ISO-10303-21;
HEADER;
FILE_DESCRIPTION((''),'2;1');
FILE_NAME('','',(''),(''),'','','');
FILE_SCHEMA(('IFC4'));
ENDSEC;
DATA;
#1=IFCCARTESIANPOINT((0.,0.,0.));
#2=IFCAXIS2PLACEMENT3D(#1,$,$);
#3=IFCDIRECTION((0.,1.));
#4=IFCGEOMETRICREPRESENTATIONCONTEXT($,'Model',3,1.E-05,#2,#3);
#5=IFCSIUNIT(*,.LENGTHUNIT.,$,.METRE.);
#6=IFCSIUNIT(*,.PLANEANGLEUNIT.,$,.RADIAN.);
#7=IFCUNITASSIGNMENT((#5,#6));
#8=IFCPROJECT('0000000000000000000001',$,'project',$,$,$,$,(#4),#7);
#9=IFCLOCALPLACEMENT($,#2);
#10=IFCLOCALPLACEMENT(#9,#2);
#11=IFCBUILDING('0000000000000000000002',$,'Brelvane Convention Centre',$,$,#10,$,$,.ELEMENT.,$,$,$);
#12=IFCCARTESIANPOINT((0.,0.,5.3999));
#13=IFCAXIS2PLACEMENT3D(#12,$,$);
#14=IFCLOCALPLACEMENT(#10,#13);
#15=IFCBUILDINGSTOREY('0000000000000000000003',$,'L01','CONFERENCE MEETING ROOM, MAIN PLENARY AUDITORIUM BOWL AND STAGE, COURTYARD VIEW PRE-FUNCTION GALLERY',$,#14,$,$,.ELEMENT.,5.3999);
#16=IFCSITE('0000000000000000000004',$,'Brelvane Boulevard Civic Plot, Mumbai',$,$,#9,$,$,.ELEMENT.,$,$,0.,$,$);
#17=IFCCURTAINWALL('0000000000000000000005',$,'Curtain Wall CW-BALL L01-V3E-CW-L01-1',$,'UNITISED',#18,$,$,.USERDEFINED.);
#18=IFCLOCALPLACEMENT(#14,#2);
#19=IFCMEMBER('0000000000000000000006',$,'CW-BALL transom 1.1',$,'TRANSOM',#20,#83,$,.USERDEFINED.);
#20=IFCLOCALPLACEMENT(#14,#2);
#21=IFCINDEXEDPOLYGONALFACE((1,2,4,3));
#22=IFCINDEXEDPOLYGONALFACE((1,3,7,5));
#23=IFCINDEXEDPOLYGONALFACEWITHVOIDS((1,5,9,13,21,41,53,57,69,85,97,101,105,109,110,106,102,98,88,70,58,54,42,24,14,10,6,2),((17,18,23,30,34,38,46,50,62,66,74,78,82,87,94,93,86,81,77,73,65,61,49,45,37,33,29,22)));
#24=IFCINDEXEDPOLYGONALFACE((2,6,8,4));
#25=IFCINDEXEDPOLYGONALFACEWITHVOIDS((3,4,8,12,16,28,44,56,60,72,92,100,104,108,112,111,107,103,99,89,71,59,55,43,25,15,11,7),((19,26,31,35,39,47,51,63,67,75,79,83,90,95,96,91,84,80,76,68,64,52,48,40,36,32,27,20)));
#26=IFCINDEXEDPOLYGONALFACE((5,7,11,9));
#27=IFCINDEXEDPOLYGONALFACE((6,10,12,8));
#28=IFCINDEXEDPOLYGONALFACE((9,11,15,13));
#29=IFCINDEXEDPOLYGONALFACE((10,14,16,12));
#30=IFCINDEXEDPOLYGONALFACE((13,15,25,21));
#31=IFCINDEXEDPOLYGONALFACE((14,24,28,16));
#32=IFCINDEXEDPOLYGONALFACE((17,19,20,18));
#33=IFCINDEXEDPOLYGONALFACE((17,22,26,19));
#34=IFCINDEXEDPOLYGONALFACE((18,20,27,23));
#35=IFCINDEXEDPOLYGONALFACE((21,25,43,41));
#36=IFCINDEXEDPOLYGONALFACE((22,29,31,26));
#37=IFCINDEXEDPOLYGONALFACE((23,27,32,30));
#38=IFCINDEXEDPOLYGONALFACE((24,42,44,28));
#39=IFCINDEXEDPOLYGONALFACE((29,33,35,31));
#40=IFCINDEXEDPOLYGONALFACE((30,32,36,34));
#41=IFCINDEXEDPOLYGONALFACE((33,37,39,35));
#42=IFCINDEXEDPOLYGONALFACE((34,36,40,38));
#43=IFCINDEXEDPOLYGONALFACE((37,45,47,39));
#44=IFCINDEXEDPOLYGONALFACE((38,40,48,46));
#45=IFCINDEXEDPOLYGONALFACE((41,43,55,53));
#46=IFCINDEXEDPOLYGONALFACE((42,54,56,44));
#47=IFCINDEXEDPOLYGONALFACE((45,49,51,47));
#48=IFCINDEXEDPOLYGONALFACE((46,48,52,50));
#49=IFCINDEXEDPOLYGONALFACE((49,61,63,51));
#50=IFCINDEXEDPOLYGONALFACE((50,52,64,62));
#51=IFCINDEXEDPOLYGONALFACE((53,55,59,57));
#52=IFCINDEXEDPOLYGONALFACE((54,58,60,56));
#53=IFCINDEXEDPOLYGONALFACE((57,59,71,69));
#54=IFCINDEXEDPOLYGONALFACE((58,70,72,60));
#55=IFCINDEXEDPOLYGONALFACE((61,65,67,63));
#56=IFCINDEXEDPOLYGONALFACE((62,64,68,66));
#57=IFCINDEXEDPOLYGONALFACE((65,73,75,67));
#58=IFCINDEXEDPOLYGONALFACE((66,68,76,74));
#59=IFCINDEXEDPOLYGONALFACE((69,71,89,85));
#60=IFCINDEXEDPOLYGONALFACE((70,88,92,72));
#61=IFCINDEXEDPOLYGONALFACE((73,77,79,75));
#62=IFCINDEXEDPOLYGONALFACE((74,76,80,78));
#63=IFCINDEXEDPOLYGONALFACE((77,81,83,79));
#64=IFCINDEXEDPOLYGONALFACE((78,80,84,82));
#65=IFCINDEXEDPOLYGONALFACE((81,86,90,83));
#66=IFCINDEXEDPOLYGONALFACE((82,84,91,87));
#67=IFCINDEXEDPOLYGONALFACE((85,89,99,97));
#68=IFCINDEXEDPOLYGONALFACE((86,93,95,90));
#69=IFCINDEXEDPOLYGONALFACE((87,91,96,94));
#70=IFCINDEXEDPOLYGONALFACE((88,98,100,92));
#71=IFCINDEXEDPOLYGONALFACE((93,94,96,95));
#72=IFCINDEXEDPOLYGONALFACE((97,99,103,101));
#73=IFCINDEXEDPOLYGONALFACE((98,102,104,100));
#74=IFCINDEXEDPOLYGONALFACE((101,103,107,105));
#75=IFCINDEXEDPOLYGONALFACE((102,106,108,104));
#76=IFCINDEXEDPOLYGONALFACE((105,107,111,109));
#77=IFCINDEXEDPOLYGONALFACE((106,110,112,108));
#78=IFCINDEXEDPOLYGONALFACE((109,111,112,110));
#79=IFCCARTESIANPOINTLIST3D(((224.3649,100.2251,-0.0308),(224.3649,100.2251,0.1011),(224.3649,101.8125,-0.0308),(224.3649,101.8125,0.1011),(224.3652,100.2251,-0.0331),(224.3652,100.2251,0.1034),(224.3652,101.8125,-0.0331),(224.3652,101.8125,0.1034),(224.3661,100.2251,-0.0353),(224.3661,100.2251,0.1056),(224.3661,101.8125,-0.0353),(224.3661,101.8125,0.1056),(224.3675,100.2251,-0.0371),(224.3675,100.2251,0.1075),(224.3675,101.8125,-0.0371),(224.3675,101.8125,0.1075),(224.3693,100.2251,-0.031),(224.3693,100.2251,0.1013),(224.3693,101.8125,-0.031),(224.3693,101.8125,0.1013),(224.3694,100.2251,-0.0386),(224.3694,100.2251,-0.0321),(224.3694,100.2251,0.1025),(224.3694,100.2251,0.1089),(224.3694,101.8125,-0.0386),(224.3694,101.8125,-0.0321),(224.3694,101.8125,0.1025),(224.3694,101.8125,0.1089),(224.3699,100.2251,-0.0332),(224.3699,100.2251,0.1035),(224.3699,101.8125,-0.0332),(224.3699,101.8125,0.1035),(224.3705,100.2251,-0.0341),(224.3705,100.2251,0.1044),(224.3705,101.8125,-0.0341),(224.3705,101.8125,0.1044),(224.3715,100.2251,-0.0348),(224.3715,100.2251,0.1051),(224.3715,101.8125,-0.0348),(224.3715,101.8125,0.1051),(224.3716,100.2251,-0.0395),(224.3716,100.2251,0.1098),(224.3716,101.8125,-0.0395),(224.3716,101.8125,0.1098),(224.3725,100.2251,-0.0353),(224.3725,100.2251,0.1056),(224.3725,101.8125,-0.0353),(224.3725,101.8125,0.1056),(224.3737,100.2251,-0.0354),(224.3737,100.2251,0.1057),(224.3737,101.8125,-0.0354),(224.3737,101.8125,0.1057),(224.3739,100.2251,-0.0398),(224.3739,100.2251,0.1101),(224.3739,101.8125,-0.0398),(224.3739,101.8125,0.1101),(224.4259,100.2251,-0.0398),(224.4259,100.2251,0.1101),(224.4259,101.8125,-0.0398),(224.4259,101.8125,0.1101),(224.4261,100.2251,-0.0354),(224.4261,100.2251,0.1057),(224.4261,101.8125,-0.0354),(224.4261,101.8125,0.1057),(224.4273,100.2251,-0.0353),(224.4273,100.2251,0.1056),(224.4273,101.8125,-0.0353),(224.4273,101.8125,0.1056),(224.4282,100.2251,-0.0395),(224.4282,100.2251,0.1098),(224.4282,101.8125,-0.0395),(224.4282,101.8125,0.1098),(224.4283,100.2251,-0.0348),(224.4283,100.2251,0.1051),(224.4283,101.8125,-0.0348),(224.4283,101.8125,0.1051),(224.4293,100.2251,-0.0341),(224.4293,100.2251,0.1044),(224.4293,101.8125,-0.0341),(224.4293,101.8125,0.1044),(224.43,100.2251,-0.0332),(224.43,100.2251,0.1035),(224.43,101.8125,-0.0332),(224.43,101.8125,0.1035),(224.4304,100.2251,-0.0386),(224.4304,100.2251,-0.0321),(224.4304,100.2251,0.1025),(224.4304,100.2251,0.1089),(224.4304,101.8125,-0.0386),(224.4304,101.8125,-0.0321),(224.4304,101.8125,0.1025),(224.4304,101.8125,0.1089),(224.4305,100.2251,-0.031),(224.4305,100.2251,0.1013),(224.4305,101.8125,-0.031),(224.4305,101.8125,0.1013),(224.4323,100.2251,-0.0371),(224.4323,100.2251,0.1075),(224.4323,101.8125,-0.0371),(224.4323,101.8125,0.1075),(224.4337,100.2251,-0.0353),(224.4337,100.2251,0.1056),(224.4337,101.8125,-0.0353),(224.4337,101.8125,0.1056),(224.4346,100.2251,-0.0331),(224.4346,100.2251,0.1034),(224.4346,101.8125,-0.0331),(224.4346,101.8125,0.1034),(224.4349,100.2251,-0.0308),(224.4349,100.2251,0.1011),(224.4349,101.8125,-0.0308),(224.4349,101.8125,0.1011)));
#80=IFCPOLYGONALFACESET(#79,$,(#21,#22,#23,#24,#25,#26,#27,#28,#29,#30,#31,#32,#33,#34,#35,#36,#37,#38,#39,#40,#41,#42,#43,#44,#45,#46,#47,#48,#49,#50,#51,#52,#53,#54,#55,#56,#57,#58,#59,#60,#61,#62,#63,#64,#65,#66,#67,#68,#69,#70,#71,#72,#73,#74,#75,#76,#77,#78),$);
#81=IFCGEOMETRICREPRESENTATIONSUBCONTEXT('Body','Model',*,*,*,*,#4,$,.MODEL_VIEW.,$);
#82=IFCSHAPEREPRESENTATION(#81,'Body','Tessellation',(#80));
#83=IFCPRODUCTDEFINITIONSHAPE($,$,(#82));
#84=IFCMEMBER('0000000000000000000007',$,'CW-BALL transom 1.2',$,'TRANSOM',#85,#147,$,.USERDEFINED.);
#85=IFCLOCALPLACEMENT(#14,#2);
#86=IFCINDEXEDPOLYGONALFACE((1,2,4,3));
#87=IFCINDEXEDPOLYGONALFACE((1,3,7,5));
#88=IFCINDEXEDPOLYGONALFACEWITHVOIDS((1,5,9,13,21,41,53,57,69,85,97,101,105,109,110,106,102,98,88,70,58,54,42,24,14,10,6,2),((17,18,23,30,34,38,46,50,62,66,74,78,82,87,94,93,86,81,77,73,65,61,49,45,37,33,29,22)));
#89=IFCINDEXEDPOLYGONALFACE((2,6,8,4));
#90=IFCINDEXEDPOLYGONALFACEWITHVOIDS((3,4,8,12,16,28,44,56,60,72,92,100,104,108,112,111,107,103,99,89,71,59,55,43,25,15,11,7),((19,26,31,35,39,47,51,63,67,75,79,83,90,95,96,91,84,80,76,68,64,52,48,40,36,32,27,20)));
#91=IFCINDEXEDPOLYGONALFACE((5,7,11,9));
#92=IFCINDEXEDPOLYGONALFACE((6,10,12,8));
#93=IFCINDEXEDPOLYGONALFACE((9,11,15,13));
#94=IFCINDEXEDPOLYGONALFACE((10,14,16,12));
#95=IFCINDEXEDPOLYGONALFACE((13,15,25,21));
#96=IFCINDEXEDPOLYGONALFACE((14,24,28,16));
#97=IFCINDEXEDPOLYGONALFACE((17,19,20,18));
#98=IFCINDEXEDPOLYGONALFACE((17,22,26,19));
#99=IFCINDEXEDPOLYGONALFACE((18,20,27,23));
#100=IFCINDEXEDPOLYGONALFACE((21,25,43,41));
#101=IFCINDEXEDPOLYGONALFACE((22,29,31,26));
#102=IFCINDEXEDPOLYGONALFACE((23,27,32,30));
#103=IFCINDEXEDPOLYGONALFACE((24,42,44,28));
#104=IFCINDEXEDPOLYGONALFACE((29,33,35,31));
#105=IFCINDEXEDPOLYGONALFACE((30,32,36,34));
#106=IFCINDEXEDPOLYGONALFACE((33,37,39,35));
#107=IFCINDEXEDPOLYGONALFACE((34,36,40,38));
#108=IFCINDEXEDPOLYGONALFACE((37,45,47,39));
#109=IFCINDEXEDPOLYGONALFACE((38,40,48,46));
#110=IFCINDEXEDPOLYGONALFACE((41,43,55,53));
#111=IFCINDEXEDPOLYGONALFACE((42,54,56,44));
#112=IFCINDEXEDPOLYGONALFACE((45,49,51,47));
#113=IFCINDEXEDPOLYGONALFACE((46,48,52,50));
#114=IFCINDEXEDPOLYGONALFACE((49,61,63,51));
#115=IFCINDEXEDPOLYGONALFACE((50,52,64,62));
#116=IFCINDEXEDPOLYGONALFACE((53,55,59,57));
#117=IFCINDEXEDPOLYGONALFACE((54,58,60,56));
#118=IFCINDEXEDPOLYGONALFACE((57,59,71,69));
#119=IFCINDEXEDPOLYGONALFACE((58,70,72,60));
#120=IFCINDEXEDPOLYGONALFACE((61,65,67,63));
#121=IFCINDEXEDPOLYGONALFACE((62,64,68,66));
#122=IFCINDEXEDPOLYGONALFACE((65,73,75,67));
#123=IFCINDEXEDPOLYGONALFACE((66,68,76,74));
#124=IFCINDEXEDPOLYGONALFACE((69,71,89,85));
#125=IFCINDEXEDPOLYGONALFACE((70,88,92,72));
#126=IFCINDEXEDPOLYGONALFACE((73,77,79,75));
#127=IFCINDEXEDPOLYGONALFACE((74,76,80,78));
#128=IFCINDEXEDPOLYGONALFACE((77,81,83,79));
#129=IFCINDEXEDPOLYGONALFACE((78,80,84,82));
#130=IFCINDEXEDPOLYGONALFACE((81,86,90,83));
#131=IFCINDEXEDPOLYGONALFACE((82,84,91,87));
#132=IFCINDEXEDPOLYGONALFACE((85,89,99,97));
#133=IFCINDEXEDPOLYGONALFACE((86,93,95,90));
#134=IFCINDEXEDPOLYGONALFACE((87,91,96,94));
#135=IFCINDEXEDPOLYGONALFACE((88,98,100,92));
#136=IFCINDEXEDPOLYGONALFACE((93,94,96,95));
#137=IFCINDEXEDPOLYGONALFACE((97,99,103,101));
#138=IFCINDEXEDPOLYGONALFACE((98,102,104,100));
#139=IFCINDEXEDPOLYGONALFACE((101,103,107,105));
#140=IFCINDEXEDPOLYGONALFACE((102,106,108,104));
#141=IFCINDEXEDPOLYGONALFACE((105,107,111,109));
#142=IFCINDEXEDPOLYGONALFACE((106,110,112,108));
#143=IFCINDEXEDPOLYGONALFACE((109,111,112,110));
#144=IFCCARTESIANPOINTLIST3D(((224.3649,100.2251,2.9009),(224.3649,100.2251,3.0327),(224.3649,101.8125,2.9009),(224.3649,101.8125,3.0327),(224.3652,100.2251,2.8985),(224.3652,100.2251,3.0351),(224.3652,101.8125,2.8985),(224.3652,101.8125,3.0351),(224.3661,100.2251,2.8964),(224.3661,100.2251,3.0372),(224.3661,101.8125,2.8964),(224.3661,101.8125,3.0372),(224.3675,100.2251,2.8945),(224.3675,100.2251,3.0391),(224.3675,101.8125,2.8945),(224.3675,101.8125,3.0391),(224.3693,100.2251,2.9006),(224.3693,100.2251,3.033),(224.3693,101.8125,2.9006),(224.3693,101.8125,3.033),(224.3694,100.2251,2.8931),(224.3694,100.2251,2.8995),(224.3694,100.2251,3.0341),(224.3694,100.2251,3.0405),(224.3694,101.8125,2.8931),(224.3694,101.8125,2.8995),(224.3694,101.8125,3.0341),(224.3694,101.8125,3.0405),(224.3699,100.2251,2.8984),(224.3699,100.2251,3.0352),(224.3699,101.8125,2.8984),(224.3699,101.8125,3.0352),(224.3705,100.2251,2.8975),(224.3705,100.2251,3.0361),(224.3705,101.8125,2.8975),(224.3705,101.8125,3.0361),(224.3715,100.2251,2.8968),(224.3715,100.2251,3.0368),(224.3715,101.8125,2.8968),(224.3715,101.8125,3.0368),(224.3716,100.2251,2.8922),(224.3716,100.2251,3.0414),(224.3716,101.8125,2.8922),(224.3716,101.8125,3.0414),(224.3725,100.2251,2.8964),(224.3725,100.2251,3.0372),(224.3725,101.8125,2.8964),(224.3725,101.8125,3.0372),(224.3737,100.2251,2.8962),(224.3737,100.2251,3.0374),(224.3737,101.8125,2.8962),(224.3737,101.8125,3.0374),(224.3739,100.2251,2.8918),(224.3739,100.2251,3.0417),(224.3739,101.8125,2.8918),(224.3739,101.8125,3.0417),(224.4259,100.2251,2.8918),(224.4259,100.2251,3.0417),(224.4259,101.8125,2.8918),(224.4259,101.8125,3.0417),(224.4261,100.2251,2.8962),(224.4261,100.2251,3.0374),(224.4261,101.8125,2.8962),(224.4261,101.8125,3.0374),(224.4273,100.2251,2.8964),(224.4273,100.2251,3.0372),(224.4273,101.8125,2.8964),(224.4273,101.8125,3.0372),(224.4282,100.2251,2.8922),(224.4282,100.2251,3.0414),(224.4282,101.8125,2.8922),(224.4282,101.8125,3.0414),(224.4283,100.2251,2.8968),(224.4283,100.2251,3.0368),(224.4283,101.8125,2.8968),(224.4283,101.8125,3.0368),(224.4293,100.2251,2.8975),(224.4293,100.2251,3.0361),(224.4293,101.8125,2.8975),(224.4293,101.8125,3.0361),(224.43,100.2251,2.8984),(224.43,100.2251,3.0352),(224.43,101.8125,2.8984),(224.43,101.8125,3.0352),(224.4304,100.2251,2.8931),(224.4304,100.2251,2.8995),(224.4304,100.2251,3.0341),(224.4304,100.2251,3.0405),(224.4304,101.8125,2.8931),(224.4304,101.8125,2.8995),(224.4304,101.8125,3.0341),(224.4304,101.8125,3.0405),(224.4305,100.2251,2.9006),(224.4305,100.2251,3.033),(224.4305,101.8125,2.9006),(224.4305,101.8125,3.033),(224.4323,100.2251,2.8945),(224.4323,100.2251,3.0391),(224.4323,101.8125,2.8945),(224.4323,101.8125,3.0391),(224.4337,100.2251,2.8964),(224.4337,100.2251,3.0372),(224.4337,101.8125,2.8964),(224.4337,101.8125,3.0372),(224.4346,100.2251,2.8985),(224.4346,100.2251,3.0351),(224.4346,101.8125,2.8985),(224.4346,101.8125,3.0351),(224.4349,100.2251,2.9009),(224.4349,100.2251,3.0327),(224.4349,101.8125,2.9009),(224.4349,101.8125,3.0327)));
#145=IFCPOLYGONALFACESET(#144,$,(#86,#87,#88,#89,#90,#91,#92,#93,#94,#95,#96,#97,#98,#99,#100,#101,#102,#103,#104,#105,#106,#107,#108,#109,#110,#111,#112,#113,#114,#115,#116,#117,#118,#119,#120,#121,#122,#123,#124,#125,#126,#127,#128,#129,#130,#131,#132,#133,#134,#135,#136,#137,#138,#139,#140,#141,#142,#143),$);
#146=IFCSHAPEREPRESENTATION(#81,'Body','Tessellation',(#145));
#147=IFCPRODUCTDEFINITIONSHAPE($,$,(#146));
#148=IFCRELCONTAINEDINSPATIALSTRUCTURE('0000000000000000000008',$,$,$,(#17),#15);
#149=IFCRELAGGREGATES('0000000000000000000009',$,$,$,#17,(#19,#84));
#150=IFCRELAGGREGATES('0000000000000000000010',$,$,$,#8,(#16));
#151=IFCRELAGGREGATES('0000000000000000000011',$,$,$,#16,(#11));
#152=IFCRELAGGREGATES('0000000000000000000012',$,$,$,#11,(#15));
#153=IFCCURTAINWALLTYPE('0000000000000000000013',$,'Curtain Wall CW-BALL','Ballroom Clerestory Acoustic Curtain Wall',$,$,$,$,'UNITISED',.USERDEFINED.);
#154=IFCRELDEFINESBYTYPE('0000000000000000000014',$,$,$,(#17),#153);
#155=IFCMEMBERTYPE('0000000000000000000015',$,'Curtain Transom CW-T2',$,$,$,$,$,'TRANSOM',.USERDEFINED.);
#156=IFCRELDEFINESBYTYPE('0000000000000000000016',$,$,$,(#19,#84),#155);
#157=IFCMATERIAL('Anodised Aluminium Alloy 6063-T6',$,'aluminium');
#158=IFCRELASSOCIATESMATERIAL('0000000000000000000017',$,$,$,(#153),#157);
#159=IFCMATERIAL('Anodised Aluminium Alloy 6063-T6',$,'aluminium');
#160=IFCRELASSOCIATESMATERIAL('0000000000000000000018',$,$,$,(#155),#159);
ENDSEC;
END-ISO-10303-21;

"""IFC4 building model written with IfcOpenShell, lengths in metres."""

from ifc_helpers import new_model, si_unit, direction, frame, origin, origin_2d, place, context, subcontext, project, spatial, hollow_rectangle, extrude, material, material_profile, profile_set, type_object, element, aggregate, save


model = new_model("IFC4")

# Units and contexts
model_context = context("Model", 3, precision=1e-05, world=origin(), true_north=direction((0.0, 1.0)))
body_context = subcontext(model_context, "Body", "Model", "MODEL_VIEW")
ifc_project = project(units=[si_unit("LENGTHUNIT", "METRE"), si_unit("PLANEANGLEUNIT", "RADIAN")], contexts=[model_context])

# Site, building, storey
site_placement = place(None, origin())
site = spatial("IfcSite", under=ifc_project, at=site_placement, Name="Brelvane Boulevard Civic Plot, Mumbai", CompositionType="ELEMENT", RefElevation=0.0)
building_placement = place(site_placement, origin())
building = spatial("IfcBuilding", under=site, at=building_placement, Name="Brelvane Convention Centre", CompositionType="ELEMENT")
storey_placement = place(building_placement, frame((0.0, 0.0, 5.3999)))
storey = spatial("IfcBuildingStorey", under=building, at=storey_placement, Name="L01", Description="CONFERENCE MEETING ROOM, MAIN PLENARY AUDITORIUM BOWL AND STAGE, COURTYARD VIEW PRE-FUNCTION GALLERY", CompositionType="ELEMENT", Elevation=5.3999)

# Curtain wall, members
ifc_material_1 = material(Name="Anodised Aluminium Alloy 6063-T6", Category="aluminium")
curtain_wall_type = type_object("IfcCurtainWallType", Name="Curtain Wall CW-BALL", Description="Ballroom Clerestory Acoustic Curtain Wall", ElementType="UNITISED", PredefinedType="USERDEFINED", material=ifc_material_1)
curtain_wall_placement = place(storey_placement, origin())
curtain_wall = element("IfcCurtainWall", 1, at=curtain_wall_placement, inside=storey, type_object=curtain_wall_type, Name="Curtain Wall CW-BALL L01-V3E-CW-L01-1", ObjectType="UNITISED", PredefinedType="USERDEFINED")
ifc_material_2 = material(Name="Anodised Aluminium Alloy 6063-T6", Category="aluminium")
ifc_material_profile_1 = material_profile(ifc_material_2, hollow_rectangle(XDim=0.0701, YDim=0.1499, WallThickness=0.0044, InnerFilletRadius=0.0044, OuterFilletRadius=0.009, at=origin_2d()), Name="ALU-T 150x70x4.5")
ifc_profile_set_1 = profile_set([ifc_material_profile_1], Name="Anodised Aluminium Alloy 6063-T6")
member_type_1 = type_object("IfcMemberType", Name="Curtain Transom CW-T2", ElementType="TRANSOM", PredefinedType="USERDEFINED", material=ifc_profile_set_1)
member_1_placement = place(storey_placement, frame((224.3999, 100.2251, 0.0352), z_axis=(0.0, 1.0, 0.0), x_axis=(-1.0, 0.0, 0.0)))
member_1 = element("IfcMember", 2, at=member_1_placement, type_object=member_type_1, Name="CW-BALL transom 1.1", ObjectType="TRANSOM", PredefinedType="USERDEFINED", context=body_context, shape_type="SweptSolid", body=[
    extrude(hollow_rectangle(XDim=0.0701, YDim=0.1499, WallThickness=0.0044, InnerFilletRadius=0.0044, OuterFilletRadius=0.009, at=origin_2d()), origin(), (0.0, 0.0, 1.0), 1.5874),
])
member_2_placement = place(storey_placement, frame((224.3999, 100.2251, 2.9668), z_axis=(0.0, 1.0, 0.0), x_axis=(-1.0, 0.0, 0.0)))
member_2 = element("IfcMember", 3, at=member_2_placement, type_object=member_type_1, Name="CW-BALL transom 1.2", ObjectType="TRANSOM", PredefinedType="USERDEFINED", context=body_context, shape_type="SweptSolid", body=[
    extrude(hollow_rectangle(XDim=0.0701, YDim=0.1499, WallThickness=0.0044, InnerFilletRadius=0.0044, OuterFilletRadius=0.009, at=origin_2d()), origin(), (0.0, 0.0, 1.0), 1.5874),
])

aggregate(curtain_wall, [member_1, member_2])

save(model, "model.ifc")
